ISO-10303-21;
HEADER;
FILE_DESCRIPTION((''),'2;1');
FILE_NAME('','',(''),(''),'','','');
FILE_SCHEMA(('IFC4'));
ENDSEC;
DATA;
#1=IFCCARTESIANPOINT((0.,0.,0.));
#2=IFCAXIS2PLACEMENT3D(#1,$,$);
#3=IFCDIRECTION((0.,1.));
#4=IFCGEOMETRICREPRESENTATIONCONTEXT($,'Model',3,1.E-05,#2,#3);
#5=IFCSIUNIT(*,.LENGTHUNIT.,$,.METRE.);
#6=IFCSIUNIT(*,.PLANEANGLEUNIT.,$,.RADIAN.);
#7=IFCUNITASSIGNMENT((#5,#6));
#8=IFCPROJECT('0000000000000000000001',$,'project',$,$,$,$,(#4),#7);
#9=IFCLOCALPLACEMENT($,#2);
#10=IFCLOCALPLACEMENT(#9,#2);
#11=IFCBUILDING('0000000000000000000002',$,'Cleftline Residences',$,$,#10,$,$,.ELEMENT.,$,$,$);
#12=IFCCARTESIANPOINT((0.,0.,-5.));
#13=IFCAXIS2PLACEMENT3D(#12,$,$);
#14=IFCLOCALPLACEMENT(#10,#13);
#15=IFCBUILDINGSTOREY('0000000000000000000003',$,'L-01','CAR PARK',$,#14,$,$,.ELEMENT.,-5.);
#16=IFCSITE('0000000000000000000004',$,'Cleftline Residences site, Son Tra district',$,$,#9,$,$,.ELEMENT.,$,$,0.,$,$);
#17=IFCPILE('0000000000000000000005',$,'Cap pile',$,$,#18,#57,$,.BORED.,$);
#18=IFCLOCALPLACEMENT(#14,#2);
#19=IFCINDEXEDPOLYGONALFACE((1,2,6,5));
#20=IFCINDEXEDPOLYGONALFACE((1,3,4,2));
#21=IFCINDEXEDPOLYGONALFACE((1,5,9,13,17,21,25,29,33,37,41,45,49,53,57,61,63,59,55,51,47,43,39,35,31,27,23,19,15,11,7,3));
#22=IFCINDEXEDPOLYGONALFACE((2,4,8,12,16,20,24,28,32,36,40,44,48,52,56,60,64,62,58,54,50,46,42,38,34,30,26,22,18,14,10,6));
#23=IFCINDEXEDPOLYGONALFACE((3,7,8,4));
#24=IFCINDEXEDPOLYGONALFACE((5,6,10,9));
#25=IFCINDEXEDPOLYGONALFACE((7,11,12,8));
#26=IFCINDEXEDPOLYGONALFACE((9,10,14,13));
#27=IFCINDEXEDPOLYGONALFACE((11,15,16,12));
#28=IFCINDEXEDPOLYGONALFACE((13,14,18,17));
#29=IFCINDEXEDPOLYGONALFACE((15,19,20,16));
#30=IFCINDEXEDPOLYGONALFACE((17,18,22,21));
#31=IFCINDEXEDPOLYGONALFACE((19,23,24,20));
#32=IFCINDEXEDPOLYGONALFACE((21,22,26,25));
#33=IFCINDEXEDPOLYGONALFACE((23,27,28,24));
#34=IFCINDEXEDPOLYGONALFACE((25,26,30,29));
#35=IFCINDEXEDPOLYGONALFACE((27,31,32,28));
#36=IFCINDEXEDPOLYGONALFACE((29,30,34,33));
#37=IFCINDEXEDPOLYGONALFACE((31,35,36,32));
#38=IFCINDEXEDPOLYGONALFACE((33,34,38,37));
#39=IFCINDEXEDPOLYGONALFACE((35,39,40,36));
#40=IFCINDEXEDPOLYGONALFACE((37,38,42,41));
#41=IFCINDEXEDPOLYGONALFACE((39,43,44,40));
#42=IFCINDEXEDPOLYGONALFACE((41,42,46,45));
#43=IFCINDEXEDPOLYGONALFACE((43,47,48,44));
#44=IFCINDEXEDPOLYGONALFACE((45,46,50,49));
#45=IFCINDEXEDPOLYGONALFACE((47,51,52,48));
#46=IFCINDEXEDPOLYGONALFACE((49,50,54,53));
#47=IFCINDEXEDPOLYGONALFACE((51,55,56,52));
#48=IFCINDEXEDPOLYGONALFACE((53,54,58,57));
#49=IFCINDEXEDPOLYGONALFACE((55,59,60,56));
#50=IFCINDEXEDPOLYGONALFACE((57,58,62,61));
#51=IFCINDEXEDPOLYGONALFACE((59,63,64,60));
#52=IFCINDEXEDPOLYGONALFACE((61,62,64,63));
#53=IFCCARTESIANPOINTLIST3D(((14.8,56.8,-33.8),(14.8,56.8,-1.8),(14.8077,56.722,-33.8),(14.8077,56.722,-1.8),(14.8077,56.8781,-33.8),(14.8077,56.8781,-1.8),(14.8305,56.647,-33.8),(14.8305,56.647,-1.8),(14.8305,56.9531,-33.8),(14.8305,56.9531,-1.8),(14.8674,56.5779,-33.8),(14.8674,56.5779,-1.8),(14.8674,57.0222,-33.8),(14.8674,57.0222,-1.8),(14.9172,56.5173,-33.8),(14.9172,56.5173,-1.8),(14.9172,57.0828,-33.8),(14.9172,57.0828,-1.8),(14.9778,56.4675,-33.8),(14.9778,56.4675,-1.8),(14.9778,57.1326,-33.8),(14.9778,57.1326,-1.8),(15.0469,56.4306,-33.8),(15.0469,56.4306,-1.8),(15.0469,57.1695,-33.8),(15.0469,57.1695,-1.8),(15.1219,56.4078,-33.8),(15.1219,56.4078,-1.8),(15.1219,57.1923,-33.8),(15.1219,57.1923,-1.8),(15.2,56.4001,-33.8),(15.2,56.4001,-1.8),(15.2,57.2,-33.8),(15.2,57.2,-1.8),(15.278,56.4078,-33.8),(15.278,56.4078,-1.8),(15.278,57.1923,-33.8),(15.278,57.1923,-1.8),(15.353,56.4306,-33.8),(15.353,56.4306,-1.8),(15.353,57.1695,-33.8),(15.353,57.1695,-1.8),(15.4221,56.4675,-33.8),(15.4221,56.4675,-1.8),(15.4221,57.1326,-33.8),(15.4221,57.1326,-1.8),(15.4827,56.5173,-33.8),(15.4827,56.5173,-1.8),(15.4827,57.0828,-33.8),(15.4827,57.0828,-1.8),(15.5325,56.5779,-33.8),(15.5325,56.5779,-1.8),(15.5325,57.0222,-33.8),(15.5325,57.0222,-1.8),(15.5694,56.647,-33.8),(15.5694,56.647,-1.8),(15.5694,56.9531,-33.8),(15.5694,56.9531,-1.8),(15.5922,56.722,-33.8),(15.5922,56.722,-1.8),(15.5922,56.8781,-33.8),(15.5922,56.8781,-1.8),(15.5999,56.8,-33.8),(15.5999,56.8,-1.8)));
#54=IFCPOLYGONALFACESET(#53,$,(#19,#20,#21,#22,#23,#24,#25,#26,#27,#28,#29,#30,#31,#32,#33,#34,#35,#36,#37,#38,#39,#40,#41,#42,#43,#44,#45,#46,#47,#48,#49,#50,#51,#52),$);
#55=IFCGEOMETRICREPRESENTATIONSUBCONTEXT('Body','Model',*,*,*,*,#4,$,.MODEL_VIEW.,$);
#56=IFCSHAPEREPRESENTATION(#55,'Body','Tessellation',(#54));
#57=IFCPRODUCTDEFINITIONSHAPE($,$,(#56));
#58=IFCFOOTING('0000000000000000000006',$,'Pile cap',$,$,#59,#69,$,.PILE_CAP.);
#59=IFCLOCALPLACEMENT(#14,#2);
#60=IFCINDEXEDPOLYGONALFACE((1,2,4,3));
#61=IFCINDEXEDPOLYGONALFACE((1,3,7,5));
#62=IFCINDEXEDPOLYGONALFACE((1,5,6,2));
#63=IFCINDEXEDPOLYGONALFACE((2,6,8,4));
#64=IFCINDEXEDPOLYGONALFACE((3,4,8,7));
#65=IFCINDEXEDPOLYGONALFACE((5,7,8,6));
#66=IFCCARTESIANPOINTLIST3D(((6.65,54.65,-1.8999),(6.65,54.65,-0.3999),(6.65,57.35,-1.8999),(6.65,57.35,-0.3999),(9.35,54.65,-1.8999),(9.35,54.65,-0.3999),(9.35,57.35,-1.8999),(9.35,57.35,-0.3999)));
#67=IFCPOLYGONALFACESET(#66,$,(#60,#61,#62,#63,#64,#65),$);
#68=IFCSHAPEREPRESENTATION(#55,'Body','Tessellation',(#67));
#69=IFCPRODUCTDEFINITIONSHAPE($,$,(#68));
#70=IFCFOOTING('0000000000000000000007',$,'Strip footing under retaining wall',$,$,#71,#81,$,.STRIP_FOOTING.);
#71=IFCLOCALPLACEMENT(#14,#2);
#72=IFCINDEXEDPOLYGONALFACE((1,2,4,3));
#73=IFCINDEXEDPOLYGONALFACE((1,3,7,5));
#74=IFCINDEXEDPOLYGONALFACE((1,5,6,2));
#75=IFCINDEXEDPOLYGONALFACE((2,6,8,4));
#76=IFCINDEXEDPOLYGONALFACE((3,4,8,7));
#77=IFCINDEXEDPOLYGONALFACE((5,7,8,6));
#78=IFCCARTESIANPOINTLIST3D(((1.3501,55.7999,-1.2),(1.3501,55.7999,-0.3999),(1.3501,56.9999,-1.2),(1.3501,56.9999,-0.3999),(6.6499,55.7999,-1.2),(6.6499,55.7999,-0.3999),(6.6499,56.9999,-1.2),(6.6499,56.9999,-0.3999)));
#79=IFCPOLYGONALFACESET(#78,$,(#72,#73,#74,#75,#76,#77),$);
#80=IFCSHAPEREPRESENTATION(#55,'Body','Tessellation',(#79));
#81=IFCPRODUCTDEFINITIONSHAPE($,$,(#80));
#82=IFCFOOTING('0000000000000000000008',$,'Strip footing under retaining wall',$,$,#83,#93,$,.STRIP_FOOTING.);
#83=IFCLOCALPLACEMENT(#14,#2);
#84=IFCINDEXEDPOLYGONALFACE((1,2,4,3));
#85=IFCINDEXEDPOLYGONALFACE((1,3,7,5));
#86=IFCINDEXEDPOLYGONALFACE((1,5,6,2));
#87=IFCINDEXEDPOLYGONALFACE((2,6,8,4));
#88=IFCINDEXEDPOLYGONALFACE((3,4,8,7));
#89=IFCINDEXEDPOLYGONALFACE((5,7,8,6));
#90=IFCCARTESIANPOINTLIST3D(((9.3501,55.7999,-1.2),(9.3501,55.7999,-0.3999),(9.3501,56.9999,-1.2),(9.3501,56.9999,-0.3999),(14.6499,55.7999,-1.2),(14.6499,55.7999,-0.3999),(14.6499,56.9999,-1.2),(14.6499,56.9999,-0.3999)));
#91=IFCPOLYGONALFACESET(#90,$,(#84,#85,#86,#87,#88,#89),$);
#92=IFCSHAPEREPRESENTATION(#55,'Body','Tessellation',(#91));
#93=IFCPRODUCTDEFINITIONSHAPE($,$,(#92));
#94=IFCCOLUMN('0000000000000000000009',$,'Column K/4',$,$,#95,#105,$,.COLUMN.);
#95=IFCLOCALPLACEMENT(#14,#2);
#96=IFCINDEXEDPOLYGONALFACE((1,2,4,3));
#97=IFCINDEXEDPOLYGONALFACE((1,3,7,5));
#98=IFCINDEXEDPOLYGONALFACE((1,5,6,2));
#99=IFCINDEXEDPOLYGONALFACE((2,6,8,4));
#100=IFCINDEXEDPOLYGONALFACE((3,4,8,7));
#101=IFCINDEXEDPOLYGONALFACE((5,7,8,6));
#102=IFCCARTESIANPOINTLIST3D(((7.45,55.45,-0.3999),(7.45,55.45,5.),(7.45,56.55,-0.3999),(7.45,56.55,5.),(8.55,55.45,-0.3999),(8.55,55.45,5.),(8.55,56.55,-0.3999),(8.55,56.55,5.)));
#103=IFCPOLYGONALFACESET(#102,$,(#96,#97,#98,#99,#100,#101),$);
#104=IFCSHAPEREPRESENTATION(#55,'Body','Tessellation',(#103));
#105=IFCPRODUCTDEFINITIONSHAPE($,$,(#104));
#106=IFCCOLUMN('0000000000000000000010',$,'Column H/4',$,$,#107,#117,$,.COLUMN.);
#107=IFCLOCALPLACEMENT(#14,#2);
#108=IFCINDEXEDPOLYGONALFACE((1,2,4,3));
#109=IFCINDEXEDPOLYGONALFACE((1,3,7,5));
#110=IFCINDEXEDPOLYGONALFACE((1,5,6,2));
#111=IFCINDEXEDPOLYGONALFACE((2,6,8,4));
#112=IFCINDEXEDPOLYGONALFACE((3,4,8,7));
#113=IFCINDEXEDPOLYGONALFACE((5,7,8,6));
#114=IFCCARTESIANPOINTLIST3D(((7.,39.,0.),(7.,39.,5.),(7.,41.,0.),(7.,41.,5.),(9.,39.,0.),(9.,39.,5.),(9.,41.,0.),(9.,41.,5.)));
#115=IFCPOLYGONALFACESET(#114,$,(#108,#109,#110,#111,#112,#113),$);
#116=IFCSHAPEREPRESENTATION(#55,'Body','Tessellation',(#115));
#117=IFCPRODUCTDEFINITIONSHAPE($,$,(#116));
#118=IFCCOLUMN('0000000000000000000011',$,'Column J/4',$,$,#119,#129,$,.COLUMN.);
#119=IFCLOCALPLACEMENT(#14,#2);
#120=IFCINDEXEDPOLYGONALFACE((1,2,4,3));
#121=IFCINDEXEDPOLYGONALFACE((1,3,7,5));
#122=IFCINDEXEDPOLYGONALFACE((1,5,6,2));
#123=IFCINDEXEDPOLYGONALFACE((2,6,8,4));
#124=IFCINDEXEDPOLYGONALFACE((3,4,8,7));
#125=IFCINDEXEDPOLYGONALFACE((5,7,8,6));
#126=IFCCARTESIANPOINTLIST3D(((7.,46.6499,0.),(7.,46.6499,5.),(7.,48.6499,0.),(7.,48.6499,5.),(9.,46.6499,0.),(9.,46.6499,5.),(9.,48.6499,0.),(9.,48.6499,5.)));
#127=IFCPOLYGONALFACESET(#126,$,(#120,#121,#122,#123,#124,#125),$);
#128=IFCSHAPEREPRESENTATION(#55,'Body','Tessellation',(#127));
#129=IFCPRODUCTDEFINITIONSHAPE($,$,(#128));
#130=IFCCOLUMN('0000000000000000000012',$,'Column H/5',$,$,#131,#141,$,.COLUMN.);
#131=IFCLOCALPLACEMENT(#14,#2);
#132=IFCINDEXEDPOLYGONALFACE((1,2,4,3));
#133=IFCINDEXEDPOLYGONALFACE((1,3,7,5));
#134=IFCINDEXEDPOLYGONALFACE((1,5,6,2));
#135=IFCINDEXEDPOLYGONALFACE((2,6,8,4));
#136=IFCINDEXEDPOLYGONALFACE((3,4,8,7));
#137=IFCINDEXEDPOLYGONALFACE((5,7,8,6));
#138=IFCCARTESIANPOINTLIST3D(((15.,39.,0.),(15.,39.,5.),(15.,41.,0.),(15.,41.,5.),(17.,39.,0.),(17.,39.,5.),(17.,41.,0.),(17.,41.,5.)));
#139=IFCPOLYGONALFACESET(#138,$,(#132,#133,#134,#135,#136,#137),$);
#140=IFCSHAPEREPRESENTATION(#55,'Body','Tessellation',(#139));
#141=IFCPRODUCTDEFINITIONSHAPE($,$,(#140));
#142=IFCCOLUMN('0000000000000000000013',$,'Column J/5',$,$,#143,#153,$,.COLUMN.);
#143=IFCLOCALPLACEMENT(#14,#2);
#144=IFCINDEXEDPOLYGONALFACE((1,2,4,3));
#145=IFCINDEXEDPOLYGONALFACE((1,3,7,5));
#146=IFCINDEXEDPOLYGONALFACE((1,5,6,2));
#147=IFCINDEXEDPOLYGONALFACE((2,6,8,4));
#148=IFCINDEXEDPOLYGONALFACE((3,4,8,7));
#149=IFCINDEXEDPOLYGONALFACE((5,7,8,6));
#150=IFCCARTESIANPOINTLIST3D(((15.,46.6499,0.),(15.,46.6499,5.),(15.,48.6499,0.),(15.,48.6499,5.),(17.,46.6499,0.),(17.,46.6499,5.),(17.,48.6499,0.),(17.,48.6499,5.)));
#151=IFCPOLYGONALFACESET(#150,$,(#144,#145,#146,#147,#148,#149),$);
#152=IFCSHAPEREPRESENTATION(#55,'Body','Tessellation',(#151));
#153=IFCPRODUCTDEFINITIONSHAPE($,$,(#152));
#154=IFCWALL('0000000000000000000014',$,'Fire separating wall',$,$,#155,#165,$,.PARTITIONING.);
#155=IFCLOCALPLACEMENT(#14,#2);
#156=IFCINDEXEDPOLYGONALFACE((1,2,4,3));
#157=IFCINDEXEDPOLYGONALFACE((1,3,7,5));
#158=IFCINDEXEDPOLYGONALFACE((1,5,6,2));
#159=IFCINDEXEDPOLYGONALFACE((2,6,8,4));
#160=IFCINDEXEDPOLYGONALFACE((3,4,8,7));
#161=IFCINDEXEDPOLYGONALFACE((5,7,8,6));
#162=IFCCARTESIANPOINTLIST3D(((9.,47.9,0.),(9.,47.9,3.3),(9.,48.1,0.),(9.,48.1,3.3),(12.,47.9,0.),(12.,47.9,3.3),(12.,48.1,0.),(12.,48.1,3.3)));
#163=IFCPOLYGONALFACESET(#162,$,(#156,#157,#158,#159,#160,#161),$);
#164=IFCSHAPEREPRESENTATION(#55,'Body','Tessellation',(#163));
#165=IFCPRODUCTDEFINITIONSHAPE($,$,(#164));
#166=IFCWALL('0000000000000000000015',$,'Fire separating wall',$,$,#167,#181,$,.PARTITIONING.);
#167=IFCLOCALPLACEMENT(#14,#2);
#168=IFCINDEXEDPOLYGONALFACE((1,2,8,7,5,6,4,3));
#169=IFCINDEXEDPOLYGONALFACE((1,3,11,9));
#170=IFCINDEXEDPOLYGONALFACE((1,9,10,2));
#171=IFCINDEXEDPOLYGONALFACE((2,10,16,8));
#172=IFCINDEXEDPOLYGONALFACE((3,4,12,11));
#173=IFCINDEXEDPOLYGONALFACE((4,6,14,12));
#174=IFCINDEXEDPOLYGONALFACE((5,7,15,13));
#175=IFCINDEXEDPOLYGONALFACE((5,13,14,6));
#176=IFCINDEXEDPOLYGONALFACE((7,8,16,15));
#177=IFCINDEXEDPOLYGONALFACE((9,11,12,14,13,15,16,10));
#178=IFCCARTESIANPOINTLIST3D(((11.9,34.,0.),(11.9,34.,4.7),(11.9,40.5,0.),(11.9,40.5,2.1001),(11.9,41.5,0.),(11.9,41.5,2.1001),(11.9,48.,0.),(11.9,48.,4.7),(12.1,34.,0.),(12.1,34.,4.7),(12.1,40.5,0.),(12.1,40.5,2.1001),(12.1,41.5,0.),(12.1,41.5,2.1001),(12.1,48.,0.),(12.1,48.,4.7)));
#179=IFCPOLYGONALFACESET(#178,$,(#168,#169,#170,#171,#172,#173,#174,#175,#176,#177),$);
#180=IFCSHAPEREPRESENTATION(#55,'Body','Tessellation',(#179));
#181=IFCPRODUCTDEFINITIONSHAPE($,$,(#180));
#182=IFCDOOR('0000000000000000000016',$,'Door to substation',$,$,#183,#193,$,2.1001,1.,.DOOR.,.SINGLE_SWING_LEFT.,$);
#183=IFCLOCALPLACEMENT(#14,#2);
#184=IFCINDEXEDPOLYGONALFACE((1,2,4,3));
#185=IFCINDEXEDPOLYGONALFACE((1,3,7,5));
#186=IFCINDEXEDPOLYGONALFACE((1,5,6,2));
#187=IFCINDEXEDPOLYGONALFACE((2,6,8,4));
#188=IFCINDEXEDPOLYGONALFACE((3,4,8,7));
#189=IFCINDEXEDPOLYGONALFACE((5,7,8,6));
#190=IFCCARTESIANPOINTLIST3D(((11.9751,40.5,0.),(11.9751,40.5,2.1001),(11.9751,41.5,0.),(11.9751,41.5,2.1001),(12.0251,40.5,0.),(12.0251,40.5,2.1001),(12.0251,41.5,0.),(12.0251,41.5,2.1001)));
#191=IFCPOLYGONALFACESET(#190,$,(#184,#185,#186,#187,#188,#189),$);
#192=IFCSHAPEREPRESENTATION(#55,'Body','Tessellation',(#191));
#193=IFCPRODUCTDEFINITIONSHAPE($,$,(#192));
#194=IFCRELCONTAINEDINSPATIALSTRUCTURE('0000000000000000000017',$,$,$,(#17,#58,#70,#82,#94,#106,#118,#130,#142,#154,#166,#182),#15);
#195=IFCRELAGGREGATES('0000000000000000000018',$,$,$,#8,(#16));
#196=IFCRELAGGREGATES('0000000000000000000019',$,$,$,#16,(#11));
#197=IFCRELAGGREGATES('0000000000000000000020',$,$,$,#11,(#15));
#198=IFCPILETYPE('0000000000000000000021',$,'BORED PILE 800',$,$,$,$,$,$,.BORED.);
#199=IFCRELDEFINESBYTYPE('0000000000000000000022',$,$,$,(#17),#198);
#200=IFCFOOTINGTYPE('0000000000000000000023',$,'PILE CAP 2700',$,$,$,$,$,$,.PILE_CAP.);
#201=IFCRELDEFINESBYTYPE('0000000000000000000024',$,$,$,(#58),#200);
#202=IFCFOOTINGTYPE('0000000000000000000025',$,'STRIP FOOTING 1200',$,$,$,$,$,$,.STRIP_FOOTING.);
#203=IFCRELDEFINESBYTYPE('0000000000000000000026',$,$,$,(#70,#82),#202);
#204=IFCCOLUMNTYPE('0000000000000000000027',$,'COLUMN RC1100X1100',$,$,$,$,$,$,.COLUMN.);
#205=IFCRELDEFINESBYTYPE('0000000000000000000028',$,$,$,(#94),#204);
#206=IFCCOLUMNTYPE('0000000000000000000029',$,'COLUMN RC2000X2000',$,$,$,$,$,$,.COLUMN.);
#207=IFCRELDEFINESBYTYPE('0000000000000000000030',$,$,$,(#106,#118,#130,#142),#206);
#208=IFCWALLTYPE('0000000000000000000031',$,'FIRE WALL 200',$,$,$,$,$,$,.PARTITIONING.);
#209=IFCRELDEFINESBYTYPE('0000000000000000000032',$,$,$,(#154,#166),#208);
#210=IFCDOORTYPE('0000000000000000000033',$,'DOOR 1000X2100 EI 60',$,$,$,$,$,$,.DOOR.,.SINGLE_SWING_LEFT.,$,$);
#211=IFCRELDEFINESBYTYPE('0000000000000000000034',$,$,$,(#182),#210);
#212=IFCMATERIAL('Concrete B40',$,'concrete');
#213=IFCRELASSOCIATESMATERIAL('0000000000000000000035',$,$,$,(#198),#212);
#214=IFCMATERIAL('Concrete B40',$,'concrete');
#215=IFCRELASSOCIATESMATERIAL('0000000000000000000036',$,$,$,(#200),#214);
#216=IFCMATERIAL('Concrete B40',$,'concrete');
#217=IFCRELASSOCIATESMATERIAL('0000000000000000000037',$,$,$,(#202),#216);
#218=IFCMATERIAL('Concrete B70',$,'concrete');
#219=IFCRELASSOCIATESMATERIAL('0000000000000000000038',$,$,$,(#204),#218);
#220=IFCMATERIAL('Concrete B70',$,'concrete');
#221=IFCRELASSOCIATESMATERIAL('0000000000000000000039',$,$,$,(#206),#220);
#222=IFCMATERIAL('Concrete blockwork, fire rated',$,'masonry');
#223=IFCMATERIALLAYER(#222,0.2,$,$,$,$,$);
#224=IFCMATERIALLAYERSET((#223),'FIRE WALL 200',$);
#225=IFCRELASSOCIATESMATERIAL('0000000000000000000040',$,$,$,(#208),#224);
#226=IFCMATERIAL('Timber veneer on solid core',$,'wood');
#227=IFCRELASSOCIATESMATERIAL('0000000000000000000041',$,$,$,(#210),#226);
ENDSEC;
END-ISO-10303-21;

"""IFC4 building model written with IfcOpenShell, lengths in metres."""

from ifc_helpers import new_model, si_unit, direction, frame, frame_2d, origin, origin_2d, place, context, subcontext, project, spatial, rectangle, circle, extrude, material, layer, layer_set, material_profile, profile_set, type_object, element, fill, save


model = new_model("IFC4")

# Units and contexts
model_context = context("Model", 3, precision=1e-05, world=origin(), true_north=direction((0.0, 1.0)))
body_context = subcontext(model_context, "Body", "Model", "MODEL_VIEW")
ifc_project = project(units=[si_unit("LENGTHUNIT", "METRE"), si_unit("PLANEANGLEUNIT", "RADIAN")], contexts=[model_context])

# Site, building, storey
site_placement = place(None, origin())
site = spatial("IfcSite", under=ifc_project, at=site_placement, Name="Cleftline Residences site, Son Tra district", CompositionType="ELEMENT", RefElevation=0.0)
building_placement = place(site_placement, origin())
building = spatial("IfcBuilding", under=site, at=building_placement, Name="Cleftline Residences", CompositionType="ELEMENT")
storey_placement = place(building_placement, frame((0.0, 0.0, -5.0)))
storey = spatial("IfcBuildingStorey", under=building, at=storey_placement, Name="L-01", Description="CAR PARK", CompositionType="ELEMENT", Elevation=-5.0)

# Pile
ifc_material_1 = material(Name="Concrete B40", Category="concrete")
ifc_material_profile_1 = material_profile(ifc_material_1, circle(Radius=0.3999, at=origin_2d()))
ifc_profile_set_1 = profile_set([ifc_material_profile_1], Name="Concrete B40")
pile_type_1 = type_object("IfcPileType", Name="BORED PILE 800", PredefinedType="BORED", material=ifc_profile_set_1)
for number, where, z_axis, x_axis, name in (
    (1, (15.2, 56.8, -1.8), (0.0, 0.0, -1.0), (1.0, 0.0, 0.0), "Cap pile"),
):
    element("IfcPile", number, at=place(storey_placement, frame(where, z_axis=z_axis, x_axis=x_axis)), inside=storey, type_object=pile_type_1, Name=name, PredefinedType="BORED", context=body_context, shape_type="SweptSolid", body=[
        extrude(circle(Radius=0.3999, at=origin_2d()), origin(), (0.0, 0.0, 1.0), 32.0),
    ])

# Footings
ifc_material_2 = material(Name="Concrete B40", Category="concrete")
footing_type_1 = type_object("IfcFootingType", Name="PILE CAP 2700", PredefinedType="PILE_CAP", material=ifc_material_2)
footing_placement = place(storey_placement, frame((8.0, 56.0, -1.8999), z_axis=(0.0, 0.0, 1.0), x_axis=(1.0, 0.0, 0.0)))
element("IfcFooting", 2, at=footing_placement, inside=storey, type_object=footing_type_1, Name="Pile cap", PredefinedType="PILE_CAP", context=body_context, shape_type="SweptSolid", body=[
    extrude(rectangle(XDim=2.7, YDim=2.7, at=origin_2d()), origin(), (0.0, 0.0, 1.0), 1.5),
])
ifc_material_3 = material(Name="Concrete B40", Category="concrete")
footing_type_2 = type_object("IfcFootingType", Name="STRIP FOOTING 1200", PredefinedType="STRIP_FOOTING", material=ifc_material_3)
for number, where, z_axis, x_axis, name in (
    (3, (1.3501, 56.3999, -1.2), (0.0, 0.0, 1.0), (1.0, 0.0, 0.0), "Strip footing under retaining wall"),
    (4, (9.3501, 56.3999, -1.2), (0.0, 0.0, 1.0), (1.0, 0.0, 0.0), "Strip footing under retaining wall"),
):
    element("IfcFooting", number, at=place(storey_placement, frame(where, z_axis=z_axis, x_axis=x_axis)), inside=storey, type_object=footing_type_2, Name=name, PredefinedType="STRIP_FOOTING", context=body_context, shape_type="SweptSolid", body=[
        extrude(rectangle(XDim=5.2998, YDim=1.2, at=frame_2d((2.6499, 0.0))), origin(), (0.0, 0.0, 1.0), 0.8),
    ])

# Columns
ifc_material_4 = material(Name="Concrete B70", Category="concrete")
ifc_material_profile_2 = material_profile(ifc_material_4, rectangle(XDim=1.1001, YDim=1.1001, at=origin_2d()))
ifc_profile_set_2 = profile_set([ifc_material_profile_2], Name="Concrete B70")
column_type_1 = type_object("IfcColumnType", Name="COLUMN RC1100X1100", PredefinedType="COLUMN", material=ifc_profile_set_2)
column_placement = place(storey_placement, frame((8.0, 56.0, -0.3999), z_axis=(0.0, 0.0, 1.0), x_axis=(1.0, 0.0, 0.0)))
element("IfcColumn", 5, at=column_placement, inside=storey, type_object=column_type_1, Name="Column K/4", PredefinedType="COLUMN", context=body_context, shape_type="SweptSolid", body=[
    extrude(rectangle(XDim=1.1001, YDim=1.1001, at=origin_2d()), origin(), (0.0, 0.0, 1.0), 5.3999),
])
ifc_material_5 = material(Name="Concrete B70", Category="concrete")
ifc_material_profile_3 = material_profile(ifc_material_5, rectangle(XDim=2.0, YDim=2.0, at=origin_2d()))
ifc_profile_set_3 = profile_set([ifc_material_profile_3], Name="Concrete B70")
column_type_2 = type_object("IfcColumnType", Name="COLUMN RC2000X2000", PredefinedType="COLUMN", material=ifc_profile_set_3)
for number, where, z_axis, x_axis, name in (
    (6, (8.0, 40.0, 0.0), (0.0, 0.0, 1.0), (1.0, 0.0, 0.0), "Column H/4"),
    (7, (8.0, 47.6499, 0.0), (0.0, 0.0, 1.0), (1.0, 0.0, 0.0), "Column J/4"),
    (8, (16.0, 40.0, 0.0), (0.0, 0.0, 1.0), (1.0, 0.0, 0.0), "Column H/5"),
    (9, (16.0, 47.6499, 0.0), (0.0, 0.0, 1.0), (1.0, 0.0, 0.0), "Column J/5"),
):
    element("IfcColumn", number, at=place(storey_placement, frame(where, z_axis=z_axis, x_axis=x_axis)), inside=storey, type_object=column_type_2, Name=name, PredefinedType="COLUMN", context=body_context, shape_type="SweptSolid", body=[
        extrude(rectangle(XDim=2.0, YDim=2.0, at=origin_2d()), origin(), (0.0, 0.0, 1.0), 5.0),
    ])

# Wall
ifc_material_6 = material(Name="Concrete blockwork, fire rated", Category="masonry")
ifc_layer = layer(ifc_material_6, 0.2)
ifc_layer_set = layer_set([ifc_layer], Name="FIRE WALL 200")
wall_type = type_object("IfcWallType", Name="FIRE WALL 200", PredefinedType="PARTITIONING", material=ifc_layer_set)
wall_1_placement = place(storey_placement, frame((9.0, 48.0, 0.0), z_axis=(0.0, 0.0, 1.0), x_axis=(1.0, 0.0, 0.0)))
element("IfcWall", 10, at=wall_1_placement, inside=storey, type_object=wall_type, Name="Fire separating wall", PredefinedType="PARTITIONING", context=body_context, shape_type="SweptSolid", body=[
    extrude(rectangle(XDim=3.0, YDim=0.2, at=frame_2d((1.5, 0.0))), origin(), (0.0, 0.0, 1.0), 3.3),
])

# Wall, opening, door
wall_2_placement = place(storey_placement, frame((12.0, 34.0, 0.0), z_axis=(0.0, 0.0, 1.0), x_axis=(0.0, 1.0, 0.0)))
wall_2 = element("IfcWall", 11, at=wall_2_placement, inside=storey, type_object=wall_type, Name="Fire separating wall", PredefinedType="PARTITIONING", context=body_context, shape_type="SweptSolid", body=[
    extrude(rectangle(XDim=14.0, YDim=0.2, at=frame_2d((7.0, 0.0))), origin(), (0.0, 0.0, 1.0), 4.7),
])
opening_placement = place(wall_2_placement, frame((6.5, 0.0, 0.0)))
opening = element("IfcOpeningElement", 12, at=opening_placement, cuts=wall_2, PredefinedType="OPENING", context=body_context, shape_type="SweptSolid", body=[
    extrude(rectangle(XDim=1.0, YDim=2.1001, at=frame_2d((0.5, 1.05))), frame((0.0, 0.1099, 0.0), z_axis=(0.0, -1.0, 0.0), x_axis=(1.0, 0.0, 0.0)), (0.0, 0.0, 1.0), 0.22),
])
ifc_material_7 = material(Name="Timber veneer on solid core", Category="wood")
door_type = type_object("IfcDoorType", Name="DOOR 1000X2100 EI 60", OperationType="SINGLE_SWING_LEFT", PredefinedType="DOOR", material=ifc_material_7)
door_placement = place(opening_placement, origin())
door = element("IfcDoor", 13, at=door_placement, inside=storey, type_object=door_type, Name="Door to substation", OperationType="SINGLE_SWING_LEFT", OverallHeight=2.1001, OverallWidth=1.0, PredefinedType="DOOR", context=body_context, shape_type="SweptSolid", body=[
    extrude(rectangle(XDim=1.0, YDim=2.1001, at=frame_2d((0.5, 1.05))), frame((0.0, 0.0249, 0.0), z_axis=(0.0, -1.0, 0.0), x_axis=(1.0, 0.0, 0.0)), (0.0, 0.0, 1.0), 0.05),
])
fill(opening, door)

save(model, "model.ifc")
